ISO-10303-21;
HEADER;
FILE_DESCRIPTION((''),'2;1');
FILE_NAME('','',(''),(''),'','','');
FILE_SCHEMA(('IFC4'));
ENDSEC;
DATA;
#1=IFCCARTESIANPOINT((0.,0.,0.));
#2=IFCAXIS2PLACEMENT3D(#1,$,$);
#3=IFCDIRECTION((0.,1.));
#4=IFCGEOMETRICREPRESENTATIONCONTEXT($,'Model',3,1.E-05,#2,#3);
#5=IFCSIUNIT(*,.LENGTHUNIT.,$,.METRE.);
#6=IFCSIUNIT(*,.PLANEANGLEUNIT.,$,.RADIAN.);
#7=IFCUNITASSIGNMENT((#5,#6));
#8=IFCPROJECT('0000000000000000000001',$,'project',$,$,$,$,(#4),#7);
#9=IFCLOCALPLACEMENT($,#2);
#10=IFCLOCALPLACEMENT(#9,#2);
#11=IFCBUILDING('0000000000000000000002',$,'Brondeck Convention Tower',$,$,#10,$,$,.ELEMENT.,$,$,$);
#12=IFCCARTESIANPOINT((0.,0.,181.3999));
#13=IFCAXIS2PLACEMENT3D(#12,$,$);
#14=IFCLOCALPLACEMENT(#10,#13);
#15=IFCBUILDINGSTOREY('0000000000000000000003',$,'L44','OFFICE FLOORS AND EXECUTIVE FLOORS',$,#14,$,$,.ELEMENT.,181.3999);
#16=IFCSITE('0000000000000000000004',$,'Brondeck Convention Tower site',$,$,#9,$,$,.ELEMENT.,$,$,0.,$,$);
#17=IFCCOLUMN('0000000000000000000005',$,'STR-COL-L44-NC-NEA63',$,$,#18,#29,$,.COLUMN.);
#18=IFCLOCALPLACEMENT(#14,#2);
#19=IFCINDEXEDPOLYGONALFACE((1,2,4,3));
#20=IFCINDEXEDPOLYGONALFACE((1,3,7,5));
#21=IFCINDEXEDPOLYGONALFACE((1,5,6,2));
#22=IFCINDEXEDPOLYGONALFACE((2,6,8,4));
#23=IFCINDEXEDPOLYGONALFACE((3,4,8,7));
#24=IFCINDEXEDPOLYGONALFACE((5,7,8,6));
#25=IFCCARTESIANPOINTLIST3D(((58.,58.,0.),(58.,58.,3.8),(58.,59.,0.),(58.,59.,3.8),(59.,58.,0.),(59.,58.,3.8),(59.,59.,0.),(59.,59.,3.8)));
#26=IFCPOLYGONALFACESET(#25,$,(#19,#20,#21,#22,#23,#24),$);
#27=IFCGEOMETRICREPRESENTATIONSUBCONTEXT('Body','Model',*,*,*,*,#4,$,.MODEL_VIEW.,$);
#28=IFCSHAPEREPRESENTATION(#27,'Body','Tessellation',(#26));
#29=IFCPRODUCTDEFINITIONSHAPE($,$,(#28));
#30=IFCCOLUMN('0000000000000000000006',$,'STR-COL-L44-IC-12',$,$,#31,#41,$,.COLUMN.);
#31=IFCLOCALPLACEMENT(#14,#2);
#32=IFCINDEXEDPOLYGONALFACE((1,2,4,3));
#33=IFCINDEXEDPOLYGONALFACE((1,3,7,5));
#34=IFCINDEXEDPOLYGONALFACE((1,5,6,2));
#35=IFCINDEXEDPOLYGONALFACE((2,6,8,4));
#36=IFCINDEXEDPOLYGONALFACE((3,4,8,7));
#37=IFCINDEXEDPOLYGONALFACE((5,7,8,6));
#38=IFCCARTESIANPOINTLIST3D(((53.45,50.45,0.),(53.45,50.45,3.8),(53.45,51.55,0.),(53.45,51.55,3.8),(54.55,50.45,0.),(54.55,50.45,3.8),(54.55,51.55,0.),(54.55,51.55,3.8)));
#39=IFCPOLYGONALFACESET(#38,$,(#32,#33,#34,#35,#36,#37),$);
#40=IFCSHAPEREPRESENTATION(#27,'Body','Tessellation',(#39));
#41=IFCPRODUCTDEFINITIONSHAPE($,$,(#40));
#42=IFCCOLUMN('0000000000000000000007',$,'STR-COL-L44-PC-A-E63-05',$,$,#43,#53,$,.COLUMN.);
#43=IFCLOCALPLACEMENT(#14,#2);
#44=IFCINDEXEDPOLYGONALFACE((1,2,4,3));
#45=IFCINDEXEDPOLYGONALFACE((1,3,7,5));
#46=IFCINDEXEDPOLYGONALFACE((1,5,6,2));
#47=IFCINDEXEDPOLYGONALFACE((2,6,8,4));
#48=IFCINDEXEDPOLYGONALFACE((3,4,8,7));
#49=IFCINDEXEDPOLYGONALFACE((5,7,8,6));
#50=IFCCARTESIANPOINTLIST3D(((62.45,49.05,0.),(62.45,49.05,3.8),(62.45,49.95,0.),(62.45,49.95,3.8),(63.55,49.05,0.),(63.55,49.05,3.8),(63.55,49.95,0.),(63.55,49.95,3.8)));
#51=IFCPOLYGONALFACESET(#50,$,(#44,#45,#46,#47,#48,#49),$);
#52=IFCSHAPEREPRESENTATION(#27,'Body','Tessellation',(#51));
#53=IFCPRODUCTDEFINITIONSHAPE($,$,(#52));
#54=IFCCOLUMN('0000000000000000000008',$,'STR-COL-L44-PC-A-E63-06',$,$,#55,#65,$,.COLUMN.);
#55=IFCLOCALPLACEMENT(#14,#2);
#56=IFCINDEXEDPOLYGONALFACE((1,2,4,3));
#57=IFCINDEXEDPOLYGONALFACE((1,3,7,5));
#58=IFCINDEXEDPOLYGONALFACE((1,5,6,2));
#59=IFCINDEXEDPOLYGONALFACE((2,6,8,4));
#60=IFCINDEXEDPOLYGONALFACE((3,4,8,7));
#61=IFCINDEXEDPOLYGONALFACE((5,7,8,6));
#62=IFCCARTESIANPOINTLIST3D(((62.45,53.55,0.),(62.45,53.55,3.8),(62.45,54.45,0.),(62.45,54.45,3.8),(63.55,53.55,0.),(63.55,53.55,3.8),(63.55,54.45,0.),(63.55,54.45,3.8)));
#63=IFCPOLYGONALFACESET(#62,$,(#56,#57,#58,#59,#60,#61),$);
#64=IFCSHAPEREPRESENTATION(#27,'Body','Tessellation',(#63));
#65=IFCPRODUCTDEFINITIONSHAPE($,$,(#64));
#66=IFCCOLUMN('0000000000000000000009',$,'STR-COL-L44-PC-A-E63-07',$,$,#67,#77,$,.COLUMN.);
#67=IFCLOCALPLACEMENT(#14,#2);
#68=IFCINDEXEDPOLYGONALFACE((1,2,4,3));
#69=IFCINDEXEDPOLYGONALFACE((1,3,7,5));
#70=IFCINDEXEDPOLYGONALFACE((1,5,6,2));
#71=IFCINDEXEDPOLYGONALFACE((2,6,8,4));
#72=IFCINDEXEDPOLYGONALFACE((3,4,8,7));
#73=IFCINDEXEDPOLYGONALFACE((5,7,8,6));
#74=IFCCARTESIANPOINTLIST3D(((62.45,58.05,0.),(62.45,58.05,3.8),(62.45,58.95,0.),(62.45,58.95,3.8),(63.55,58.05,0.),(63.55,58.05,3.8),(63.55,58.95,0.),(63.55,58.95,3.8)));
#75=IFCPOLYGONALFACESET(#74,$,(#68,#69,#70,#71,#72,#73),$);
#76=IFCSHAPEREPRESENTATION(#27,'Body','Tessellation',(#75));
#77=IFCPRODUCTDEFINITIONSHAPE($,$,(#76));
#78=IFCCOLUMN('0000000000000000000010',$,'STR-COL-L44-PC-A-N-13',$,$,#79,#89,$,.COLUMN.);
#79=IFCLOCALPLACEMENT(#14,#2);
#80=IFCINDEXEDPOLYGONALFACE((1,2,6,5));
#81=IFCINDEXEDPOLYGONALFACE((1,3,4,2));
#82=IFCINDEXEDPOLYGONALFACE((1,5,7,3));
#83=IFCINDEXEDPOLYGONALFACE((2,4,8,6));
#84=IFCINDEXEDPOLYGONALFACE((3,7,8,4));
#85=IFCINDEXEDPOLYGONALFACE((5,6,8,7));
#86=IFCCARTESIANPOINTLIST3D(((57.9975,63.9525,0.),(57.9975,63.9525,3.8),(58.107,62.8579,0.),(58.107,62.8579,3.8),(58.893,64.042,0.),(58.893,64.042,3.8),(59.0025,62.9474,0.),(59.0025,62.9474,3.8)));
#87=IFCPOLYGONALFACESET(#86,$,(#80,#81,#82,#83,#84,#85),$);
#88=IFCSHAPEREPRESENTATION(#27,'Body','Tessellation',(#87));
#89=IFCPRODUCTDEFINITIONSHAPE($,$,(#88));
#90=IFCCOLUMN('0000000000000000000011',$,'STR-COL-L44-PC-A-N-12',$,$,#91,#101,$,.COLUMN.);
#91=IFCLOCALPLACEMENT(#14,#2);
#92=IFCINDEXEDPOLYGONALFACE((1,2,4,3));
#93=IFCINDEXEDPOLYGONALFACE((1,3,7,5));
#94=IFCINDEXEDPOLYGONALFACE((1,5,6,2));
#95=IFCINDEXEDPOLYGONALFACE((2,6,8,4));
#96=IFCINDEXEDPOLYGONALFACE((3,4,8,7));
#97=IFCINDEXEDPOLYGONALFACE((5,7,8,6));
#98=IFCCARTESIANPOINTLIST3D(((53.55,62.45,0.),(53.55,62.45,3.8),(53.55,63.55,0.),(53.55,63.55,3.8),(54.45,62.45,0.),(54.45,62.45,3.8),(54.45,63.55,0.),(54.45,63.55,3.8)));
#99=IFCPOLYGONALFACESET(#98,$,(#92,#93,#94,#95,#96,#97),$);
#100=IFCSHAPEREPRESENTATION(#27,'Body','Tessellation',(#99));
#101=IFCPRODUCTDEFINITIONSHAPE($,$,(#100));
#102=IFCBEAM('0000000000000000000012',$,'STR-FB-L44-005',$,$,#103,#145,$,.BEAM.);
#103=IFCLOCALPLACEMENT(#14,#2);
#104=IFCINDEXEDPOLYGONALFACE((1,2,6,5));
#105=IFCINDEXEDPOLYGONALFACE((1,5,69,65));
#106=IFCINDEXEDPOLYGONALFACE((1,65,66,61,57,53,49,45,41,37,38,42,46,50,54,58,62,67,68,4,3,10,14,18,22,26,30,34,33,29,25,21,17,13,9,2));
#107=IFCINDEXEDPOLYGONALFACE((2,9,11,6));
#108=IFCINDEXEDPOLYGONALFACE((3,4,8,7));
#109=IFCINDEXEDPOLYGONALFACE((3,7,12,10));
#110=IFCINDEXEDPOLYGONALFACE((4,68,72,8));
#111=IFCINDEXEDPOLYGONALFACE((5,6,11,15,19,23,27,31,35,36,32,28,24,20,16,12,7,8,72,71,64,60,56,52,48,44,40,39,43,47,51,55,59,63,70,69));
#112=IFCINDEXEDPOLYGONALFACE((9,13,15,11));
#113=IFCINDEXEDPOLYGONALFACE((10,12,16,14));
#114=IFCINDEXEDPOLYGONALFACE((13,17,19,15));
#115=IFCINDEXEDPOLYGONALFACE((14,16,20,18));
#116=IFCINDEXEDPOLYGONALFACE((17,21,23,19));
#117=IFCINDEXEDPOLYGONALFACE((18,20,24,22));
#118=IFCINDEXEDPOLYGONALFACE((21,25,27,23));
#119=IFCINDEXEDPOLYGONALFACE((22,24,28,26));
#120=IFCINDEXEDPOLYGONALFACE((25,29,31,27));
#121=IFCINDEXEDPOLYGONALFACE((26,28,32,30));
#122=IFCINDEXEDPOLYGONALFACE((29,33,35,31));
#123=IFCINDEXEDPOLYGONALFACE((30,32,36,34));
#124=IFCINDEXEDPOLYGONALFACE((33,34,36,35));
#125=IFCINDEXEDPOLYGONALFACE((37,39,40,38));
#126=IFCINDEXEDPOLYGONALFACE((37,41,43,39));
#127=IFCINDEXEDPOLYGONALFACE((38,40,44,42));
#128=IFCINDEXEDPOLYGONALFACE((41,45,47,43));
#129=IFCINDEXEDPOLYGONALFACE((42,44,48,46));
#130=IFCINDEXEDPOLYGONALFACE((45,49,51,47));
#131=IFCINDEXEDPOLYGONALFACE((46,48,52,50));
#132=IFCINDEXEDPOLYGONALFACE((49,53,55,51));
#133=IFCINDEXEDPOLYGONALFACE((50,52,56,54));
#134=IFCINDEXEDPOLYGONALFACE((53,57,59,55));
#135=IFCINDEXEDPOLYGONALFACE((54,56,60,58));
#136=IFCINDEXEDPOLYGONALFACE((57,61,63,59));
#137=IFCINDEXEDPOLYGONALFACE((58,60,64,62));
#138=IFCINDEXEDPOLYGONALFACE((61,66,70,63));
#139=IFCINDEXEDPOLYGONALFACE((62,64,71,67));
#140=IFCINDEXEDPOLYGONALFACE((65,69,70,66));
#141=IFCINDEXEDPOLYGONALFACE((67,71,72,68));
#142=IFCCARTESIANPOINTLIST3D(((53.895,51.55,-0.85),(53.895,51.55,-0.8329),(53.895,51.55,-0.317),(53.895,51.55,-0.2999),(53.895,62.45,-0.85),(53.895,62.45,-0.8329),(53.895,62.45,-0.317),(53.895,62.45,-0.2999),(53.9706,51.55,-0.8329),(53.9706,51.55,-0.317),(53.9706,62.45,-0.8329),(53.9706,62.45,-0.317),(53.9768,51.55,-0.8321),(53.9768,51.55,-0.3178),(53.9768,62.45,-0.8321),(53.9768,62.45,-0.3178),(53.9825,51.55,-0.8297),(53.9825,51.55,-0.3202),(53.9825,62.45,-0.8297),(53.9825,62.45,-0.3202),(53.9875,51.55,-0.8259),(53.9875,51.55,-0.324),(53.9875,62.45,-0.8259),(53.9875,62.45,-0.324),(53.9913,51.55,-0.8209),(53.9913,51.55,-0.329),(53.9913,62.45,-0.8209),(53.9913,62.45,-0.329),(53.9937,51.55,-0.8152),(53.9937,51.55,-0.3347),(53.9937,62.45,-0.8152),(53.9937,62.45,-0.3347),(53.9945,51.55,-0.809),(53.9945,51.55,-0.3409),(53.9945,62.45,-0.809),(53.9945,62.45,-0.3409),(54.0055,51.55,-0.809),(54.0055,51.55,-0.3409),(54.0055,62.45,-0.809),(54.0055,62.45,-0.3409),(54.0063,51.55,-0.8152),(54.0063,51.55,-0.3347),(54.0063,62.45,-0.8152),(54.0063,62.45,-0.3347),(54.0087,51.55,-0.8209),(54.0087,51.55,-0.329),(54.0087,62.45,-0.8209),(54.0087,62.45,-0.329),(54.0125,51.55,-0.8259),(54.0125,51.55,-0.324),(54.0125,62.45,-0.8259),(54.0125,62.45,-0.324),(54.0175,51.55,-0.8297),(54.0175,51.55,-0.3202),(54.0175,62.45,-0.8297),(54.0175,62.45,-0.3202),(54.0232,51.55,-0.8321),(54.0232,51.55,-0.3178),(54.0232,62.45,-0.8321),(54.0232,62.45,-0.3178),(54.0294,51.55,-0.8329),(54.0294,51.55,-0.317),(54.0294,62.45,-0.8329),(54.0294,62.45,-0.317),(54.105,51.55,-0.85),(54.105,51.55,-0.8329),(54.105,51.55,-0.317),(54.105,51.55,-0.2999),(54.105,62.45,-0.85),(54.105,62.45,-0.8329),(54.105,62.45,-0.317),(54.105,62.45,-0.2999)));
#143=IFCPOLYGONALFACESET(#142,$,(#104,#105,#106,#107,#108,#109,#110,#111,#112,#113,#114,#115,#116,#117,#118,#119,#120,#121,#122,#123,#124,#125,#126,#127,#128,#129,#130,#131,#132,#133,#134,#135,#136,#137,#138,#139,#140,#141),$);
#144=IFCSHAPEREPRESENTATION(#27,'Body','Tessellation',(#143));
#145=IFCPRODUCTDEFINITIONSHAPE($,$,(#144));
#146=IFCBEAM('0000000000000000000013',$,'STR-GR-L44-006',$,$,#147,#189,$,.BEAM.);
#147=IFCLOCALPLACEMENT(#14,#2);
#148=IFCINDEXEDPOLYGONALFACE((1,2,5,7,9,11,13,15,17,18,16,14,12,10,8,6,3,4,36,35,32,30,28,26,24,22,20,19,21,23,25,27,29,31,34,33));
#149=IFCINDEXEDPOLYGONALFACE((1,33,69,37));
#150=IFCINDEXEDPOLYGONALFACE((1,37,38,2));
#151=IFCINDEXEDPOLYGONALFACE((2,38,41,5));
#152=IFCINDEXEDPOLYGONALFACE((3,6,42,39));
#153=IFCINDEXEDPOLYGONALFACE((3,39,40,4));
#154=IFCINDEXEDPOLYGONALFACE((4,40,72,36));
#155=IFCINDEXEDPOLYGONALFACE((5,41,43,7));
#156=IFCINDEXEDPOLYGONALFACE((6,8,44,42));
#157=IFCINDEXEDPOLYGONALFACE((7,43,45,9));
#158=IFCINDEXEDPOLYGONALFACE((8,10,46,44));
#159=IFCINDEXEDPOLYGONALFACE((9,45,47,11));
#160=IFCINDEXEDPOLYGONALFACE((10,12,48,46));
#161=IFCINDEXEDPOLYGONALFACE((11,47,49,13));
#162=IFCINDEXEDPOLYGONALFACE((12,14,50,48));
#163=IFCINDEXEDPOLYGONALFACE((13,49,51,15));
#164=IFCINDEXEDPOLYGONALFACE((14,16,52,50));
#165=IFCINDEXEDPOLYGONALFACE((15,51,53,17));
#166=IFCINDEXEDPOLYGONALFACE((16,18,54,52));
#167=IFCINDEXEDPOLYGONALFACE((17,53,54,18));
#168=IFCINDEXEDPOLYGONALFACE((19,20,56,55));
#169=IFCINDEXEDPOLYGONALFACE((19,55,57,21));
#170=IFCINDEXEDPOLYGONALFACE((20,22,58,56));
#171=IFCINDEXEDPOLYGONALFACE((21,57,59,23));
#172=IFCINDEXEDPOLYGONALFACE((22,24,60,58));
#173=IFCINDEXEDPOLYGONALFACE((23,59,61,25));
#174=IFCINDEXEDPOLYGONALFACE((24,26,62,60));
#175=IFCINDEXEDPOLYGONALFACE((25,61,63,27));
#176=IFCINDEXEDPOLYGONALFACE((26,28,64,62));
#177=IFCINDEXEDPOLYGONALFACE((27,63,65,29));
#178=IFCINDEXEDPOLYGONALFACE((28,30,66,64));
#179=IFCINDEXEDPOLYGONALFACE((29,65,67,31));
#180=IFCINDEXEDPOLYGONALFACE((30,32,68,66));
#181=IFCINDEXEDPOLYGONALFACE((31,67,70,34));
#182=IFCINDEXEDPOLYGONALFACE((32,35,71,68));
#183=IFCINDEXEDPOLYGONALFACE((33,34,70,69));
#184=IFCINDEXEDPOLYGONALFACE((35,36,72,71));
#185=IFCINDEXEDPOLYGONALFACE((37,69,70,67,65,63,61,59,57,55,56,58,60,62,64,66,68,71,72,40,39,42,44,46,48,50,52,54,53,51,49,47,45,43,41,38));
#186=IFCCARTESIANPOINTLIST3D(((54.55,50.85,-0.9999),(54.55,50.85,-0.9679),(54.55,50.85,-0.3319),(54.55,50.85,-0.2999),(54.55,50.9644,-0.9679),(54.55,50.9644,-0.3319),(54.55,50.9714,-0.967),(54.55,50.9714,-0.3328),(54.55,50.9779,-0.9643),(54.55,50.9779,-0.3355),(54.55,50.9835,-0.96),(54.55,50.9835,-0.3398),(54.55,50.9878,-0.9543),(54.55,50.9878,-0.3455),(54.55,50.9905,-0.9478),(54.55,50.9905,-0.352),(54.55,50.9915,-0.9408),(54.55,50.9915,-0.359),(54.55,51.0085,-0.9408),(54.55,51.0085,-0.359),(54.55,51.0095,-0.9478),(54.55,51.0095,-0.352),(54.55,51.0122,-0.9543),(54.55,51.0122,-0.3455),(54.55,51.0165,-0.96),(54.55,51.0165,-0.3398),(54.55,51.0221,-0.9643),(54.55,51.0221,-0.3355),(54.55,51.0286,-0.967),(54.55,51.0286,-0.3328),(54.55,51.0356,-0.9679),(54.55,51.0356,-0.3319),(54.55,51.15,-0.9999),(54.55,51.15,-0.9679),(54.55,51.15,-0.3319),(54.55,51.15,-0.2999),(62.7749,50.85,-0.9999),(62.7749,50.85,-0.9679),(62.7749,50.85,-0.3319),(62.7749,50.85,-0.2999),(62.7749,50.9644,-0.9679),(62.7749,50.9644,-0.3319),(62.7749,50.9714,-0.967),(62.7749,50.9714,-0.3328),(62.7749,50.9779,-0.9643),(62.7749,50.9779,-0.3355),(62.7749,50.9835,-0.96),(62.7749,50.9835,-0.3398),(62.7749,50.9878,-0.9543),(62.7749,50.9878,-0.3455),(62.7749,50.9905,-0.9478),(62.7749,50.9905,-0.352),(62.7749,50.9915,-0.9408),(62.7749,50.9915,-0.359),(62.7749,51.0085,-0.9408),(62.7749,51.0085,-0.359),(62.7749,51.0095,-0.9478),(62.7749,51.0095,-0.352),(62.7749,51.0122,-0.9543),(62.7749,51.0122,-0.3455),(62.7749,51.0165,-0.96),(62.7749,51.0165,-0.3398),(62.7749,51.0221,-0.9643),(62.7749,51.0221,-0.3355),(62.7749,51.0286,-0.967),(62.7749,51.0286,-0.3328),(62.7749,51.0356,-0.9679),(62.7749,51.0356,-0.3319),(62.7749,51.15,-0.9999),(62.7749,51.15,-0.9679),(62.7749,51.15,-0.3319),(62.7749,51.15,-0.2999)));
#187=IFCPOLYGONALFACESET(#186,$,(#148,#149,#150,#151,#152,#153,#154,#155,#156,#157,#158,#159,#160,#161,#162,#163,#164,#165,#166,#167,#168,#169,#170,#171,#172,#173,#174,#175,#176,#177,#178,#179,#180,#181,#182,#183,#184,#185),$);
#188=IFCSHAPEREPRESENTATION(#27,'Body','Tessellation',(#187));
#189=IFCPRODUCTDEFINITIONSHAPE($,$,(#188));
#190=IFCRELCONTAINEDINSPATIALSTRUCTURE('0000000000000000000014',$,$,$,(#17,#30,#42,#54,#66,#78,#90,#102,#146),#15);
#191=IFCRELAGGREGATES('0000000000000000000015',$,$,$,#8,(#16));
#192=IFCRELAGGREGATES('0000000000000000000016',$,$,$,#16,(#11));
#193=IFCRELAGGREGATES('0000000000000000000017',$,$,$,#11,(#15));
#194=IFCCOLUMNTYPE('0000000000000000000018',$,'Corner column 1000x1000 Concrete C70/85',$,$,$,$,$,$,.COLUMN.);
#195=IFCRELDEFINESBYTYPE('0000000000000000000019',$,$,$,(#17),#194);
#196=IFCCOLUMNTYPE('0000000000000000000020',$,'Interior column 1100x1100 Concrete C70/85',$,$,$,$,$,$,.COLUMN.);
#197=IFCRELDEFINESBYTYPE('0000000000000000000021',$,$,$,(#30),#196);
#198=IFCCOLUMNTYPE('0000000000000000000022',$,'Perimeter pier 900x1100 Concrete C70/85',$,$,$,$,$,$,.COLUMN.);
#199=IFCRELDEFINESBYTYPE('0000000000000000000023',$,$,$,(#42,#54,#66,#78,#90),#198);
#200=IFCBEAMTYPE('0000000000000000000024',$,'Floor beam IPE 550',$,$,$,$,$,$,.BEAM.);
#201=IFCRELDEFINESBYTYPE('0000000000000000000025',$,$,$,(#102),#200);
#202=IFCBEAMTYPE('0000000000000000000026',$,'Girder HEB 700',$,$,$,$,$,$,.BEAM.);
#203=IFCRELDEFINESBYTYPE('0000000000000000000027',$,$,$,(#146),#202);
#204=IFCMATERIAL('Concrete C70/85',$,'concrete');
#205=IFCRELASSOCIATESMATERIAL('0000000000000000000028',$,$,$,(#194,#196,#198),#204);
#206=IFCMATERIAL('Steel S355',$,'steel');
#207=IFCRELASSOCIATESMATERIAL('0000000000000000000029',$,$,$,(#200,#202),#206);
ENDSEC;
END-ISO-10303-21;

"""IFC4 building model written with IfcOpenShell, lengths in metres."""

from ifc_helpers import new_model, si_unit, direction, frame, origin, origin_2d, place, context, subcontext, project, spatial, rectangle, i_section, extrude, material, material_profile, profile_set, type_object, element, save


model = new_model("IFC4")

# Units and contexts
model_context = context("Model", 3, precision=1e-05, world=origin(), true_north=direction((0.0, 1.0)))
body_context = subcontext(model_context, "Body", "Model", "MODEL_VIEW")
ifc_project = project(units=[si_unit("LENGTHUNIT", "METRE"), si_unit("PLANEANGLEUNIT", "RADIAN")], contexts=[model_context])

# Site, building, storey
site_placement = place(None, origin())
site = spatial("IfcSite", under=ifc_project, at=site_placement, Name="Brondeck Convention Tower site", CompositionType="ELEMENT", RefElevation=0.0)
building_placement = place(site_placement, origin())
building = spatial("IfcBuilding", under=site, at=building_placement, Name="Brondeck Convention Tower", CompositionType="ELEMENT")
storey_placement = place(building_placement, frame((0.0, 0.0, 181.3999)))
storey = spatial("IfcBuildingStorey", under=building, at=storey_placement, Name="L44", Description="OFFICE FLOORS AND EXECUTIVE FLOORS", CompositionType="ELEMENT", Elevation=181.3999)

# Columns
ifc_material_1 = material(Name="Concrete C70/85", Category="concrete")
ifc_material_profile_1 = material_profile(ifc_material_1, rectangle(XDim=1.0, YDim=1.0, at=origin_2d()), Name="Corner column 1000x1000 Concrete C70/85")
ifc_profile_set_1 = profile_set([ifc_material_profile_1], Name="Concrete C70/85")
column_type_1 = type_object("IfcColumnType", Name="Corner column 1000x1000 Concrete C70/85", PredefinedType="COLUMN", material=ifc_profile_set_1)
column_1_placement = place(storey_placement, frame((58.5, 58.5, 0.0), z_axis=(0.0, 0.0, 1.0), x_axis=(1.0, 0.0, 0.0)))
element("IfcColumn", 1, at=column_1_placement, inside=storey, type_object=column_type_1, Name="STR-COL-L44-NC-NEA63", PredefinedType="COLUMN", context=body_context, shape_type="SweptSolid", body=[
    extrude(rectangle(XDim=1.0, YDim=1.0, at=origin_2d()), origin(), (0.0, 0.0, 1.0), 3.8),
])
ifc_material_profile_2 = material_profile(ifc_material_1, rectangle(XDim=1.1001, YDim=1.1001, at=origin_2d()), Name="Interior column 1100x1100 Concrete C70/85")
ifc_profile_set_2 = profile_set([ifc_material_profile_2], Name="Concrete C70/85")
column_type_2 = type_object("IfcColumnType", Name="Interior column 1100x1100 Concrete C70/85", PredefinedType="COLUMN", material=ifc_profile_set_2)
column_2_placement = place(storey_placement, frame((54.0, 51.0, 0.0), z_axis=(0.0, 0.0, 1.0), x_axis=(1.0, 0.0, 0.0)))
element("IfcColumn", 2, at=column_2_placement, inside=storey, type_object=column_type_2, Name="STR-COL-L44-IC-12", PredefinedType="COLUMN", context=body_context, shape_type="SweptSolid", body=[
    extrude(rectangle(XDim=1.1001, YDim=1.1001, at=origin_2d()), origin(), (0.0, 0.0, 1.0), 3.8),
])
ifc_material_profile_3 = material_profile(ifc_material_1, rectangle(XDim=0.8999, YDim=1.1001, at=origin_2d()), Name="Perimeter pier 900x1100 Concrete C70/85")
ifc_profile_set_3 = profile_set([ifc_material_profile_3], Name="Concrete C70/85")
column_type_3 = type_object("IfcColumnType", Name="Perimeter pier 900x1100 Concrete C70/85", PredefinedType="COLUMN", material=ifc_profile_set_3)
for number, where, z_axis, x_axis, name in (
    (3, (63.0, 49.5, 0.0), (0.0, 0.0, 1.0), (0.0, 1.0, 0.0), "STR-COL-L44-PC-A-E63-05"),
    (4, (63.0, 54.0, 0.0), (0.0, 0.0, 1.0), (0.0, 1.0, 0.0), "STR-COL-L44-PC-A-E63-06"),
    (5, (63.0, 58.5, 0.0), (0.0, 0.0, 1.0), (0.0, 1.0, 0.0), "STR-COL-L44-PC-A-E63-07"),
    (6, (58.5, 63.45, 0.0), (0.0, 0.0, 1.0), (-0.995037, -0.099504, 0.0), "STR-COL-L44-PC-A-N-13"),
    (7, (54.0, 63.0, 0.0), (0.0, 0.0, 1.0), (-1.0, 0.0, 0.0), "STR-COL-L44-PC-A-N-12"),
):
    element("IfcColumn", number, at=place(storey_placement, frame(where, z_axis=z_axis, x_axis=x_axis)), inside=storey, type_object=column_type_3, Name=name, PredefinedType="COLUMN", context=body_context, shape_type="SweptSolid", body=[
        extrude(rectangle(XDim=0.8999, YDim=1.1001, at=origin_2d()), origin(), (0.0, 0.0, 1.0), 3.8),
    ])

# Beams
ifc_material_2 = material(Name="Steel S355", Category="steel")
ifc_material_profile_4 = material_profile(ifc_material_2, i_section(OverallWidth=0.21, OverallDepth=0.55, WebThickness=0.011, FlangeThickness=0.0171, FilletRadius=0.0239, at=origin_2d()), Name="IPE 550")
ifc_profile_set_4 = profile_set([ifc_material_profile_4], Name="Steel S355")
beam_type_1 = type_object("IfcBeamType", Name="Floor beam IPE 550", PredefinedType="BEAM", material=ifc_profile_set_4)
beam_1_placement = place(storey_placement, frame((54.0, 51.55, -0.575), z_axis=(0.0, 1.0, 0.0), x_axis=(-1.0, 0.0, 0.0)))
element("IfcBeam", 8, at=beam_1_placement, inside=storey, type_object=beam_type_1, Name="STR-FB-L44-005", PredefinedType="BEAM", context=body_context, shape_type="SweptSolid", body=[
    extrude(i_section(OverallWidth=0.21, OverallDepth=0.55, WebThickness=0.011, FlangeThickness=0.0171, FilletRadius=0.0239, at=origin_2d()), origin(), (0.0, 0.0, 1.0), 10.8999),
])
ifc_material_profile_5 = material_profile(ifc_material_2, i_section(OverallWidth=0.3, OverallDepth=0.7, WebThickness=0.0171, FlangeThickness=0.032, FilletRadius=0.0271, at=origin_2d()), Name="HEB 700")
ifc_profile_set_5 = profile_set([ifc_material_profile_5], Name="Steel S355")
beam_type_2 = type_object("IfcBeamType", Name="Girder HEB 700", PredefinedType="BEAM", material=ifc_profile_set_5)
beam_2_placement = place(storey_placement, frame((54.55, 51.0, -0.6499), z_axis=(1.0, 0.0, 0.0), x_axis=(0.0, 1.0, 0.0)))
element("IfcBeam", 9, at=beam_2_placement, inside=storey, type_object=beam_type_2, Name="STR-GR-L44-006", PredefinedType="BEAM", context=body_context, shape_type="SweptSolid", body=[
    extrude(i_section(OverallWidth=0.3, OverallDepth=0.7, WebThickness=0.0171, FlangeThickness=0.032, FilletRadius=0.0271, at=origin_2d()), origin(), (0.0, 0.0, 1.0), 8.2249),
])

save(model, "model.ifc")
